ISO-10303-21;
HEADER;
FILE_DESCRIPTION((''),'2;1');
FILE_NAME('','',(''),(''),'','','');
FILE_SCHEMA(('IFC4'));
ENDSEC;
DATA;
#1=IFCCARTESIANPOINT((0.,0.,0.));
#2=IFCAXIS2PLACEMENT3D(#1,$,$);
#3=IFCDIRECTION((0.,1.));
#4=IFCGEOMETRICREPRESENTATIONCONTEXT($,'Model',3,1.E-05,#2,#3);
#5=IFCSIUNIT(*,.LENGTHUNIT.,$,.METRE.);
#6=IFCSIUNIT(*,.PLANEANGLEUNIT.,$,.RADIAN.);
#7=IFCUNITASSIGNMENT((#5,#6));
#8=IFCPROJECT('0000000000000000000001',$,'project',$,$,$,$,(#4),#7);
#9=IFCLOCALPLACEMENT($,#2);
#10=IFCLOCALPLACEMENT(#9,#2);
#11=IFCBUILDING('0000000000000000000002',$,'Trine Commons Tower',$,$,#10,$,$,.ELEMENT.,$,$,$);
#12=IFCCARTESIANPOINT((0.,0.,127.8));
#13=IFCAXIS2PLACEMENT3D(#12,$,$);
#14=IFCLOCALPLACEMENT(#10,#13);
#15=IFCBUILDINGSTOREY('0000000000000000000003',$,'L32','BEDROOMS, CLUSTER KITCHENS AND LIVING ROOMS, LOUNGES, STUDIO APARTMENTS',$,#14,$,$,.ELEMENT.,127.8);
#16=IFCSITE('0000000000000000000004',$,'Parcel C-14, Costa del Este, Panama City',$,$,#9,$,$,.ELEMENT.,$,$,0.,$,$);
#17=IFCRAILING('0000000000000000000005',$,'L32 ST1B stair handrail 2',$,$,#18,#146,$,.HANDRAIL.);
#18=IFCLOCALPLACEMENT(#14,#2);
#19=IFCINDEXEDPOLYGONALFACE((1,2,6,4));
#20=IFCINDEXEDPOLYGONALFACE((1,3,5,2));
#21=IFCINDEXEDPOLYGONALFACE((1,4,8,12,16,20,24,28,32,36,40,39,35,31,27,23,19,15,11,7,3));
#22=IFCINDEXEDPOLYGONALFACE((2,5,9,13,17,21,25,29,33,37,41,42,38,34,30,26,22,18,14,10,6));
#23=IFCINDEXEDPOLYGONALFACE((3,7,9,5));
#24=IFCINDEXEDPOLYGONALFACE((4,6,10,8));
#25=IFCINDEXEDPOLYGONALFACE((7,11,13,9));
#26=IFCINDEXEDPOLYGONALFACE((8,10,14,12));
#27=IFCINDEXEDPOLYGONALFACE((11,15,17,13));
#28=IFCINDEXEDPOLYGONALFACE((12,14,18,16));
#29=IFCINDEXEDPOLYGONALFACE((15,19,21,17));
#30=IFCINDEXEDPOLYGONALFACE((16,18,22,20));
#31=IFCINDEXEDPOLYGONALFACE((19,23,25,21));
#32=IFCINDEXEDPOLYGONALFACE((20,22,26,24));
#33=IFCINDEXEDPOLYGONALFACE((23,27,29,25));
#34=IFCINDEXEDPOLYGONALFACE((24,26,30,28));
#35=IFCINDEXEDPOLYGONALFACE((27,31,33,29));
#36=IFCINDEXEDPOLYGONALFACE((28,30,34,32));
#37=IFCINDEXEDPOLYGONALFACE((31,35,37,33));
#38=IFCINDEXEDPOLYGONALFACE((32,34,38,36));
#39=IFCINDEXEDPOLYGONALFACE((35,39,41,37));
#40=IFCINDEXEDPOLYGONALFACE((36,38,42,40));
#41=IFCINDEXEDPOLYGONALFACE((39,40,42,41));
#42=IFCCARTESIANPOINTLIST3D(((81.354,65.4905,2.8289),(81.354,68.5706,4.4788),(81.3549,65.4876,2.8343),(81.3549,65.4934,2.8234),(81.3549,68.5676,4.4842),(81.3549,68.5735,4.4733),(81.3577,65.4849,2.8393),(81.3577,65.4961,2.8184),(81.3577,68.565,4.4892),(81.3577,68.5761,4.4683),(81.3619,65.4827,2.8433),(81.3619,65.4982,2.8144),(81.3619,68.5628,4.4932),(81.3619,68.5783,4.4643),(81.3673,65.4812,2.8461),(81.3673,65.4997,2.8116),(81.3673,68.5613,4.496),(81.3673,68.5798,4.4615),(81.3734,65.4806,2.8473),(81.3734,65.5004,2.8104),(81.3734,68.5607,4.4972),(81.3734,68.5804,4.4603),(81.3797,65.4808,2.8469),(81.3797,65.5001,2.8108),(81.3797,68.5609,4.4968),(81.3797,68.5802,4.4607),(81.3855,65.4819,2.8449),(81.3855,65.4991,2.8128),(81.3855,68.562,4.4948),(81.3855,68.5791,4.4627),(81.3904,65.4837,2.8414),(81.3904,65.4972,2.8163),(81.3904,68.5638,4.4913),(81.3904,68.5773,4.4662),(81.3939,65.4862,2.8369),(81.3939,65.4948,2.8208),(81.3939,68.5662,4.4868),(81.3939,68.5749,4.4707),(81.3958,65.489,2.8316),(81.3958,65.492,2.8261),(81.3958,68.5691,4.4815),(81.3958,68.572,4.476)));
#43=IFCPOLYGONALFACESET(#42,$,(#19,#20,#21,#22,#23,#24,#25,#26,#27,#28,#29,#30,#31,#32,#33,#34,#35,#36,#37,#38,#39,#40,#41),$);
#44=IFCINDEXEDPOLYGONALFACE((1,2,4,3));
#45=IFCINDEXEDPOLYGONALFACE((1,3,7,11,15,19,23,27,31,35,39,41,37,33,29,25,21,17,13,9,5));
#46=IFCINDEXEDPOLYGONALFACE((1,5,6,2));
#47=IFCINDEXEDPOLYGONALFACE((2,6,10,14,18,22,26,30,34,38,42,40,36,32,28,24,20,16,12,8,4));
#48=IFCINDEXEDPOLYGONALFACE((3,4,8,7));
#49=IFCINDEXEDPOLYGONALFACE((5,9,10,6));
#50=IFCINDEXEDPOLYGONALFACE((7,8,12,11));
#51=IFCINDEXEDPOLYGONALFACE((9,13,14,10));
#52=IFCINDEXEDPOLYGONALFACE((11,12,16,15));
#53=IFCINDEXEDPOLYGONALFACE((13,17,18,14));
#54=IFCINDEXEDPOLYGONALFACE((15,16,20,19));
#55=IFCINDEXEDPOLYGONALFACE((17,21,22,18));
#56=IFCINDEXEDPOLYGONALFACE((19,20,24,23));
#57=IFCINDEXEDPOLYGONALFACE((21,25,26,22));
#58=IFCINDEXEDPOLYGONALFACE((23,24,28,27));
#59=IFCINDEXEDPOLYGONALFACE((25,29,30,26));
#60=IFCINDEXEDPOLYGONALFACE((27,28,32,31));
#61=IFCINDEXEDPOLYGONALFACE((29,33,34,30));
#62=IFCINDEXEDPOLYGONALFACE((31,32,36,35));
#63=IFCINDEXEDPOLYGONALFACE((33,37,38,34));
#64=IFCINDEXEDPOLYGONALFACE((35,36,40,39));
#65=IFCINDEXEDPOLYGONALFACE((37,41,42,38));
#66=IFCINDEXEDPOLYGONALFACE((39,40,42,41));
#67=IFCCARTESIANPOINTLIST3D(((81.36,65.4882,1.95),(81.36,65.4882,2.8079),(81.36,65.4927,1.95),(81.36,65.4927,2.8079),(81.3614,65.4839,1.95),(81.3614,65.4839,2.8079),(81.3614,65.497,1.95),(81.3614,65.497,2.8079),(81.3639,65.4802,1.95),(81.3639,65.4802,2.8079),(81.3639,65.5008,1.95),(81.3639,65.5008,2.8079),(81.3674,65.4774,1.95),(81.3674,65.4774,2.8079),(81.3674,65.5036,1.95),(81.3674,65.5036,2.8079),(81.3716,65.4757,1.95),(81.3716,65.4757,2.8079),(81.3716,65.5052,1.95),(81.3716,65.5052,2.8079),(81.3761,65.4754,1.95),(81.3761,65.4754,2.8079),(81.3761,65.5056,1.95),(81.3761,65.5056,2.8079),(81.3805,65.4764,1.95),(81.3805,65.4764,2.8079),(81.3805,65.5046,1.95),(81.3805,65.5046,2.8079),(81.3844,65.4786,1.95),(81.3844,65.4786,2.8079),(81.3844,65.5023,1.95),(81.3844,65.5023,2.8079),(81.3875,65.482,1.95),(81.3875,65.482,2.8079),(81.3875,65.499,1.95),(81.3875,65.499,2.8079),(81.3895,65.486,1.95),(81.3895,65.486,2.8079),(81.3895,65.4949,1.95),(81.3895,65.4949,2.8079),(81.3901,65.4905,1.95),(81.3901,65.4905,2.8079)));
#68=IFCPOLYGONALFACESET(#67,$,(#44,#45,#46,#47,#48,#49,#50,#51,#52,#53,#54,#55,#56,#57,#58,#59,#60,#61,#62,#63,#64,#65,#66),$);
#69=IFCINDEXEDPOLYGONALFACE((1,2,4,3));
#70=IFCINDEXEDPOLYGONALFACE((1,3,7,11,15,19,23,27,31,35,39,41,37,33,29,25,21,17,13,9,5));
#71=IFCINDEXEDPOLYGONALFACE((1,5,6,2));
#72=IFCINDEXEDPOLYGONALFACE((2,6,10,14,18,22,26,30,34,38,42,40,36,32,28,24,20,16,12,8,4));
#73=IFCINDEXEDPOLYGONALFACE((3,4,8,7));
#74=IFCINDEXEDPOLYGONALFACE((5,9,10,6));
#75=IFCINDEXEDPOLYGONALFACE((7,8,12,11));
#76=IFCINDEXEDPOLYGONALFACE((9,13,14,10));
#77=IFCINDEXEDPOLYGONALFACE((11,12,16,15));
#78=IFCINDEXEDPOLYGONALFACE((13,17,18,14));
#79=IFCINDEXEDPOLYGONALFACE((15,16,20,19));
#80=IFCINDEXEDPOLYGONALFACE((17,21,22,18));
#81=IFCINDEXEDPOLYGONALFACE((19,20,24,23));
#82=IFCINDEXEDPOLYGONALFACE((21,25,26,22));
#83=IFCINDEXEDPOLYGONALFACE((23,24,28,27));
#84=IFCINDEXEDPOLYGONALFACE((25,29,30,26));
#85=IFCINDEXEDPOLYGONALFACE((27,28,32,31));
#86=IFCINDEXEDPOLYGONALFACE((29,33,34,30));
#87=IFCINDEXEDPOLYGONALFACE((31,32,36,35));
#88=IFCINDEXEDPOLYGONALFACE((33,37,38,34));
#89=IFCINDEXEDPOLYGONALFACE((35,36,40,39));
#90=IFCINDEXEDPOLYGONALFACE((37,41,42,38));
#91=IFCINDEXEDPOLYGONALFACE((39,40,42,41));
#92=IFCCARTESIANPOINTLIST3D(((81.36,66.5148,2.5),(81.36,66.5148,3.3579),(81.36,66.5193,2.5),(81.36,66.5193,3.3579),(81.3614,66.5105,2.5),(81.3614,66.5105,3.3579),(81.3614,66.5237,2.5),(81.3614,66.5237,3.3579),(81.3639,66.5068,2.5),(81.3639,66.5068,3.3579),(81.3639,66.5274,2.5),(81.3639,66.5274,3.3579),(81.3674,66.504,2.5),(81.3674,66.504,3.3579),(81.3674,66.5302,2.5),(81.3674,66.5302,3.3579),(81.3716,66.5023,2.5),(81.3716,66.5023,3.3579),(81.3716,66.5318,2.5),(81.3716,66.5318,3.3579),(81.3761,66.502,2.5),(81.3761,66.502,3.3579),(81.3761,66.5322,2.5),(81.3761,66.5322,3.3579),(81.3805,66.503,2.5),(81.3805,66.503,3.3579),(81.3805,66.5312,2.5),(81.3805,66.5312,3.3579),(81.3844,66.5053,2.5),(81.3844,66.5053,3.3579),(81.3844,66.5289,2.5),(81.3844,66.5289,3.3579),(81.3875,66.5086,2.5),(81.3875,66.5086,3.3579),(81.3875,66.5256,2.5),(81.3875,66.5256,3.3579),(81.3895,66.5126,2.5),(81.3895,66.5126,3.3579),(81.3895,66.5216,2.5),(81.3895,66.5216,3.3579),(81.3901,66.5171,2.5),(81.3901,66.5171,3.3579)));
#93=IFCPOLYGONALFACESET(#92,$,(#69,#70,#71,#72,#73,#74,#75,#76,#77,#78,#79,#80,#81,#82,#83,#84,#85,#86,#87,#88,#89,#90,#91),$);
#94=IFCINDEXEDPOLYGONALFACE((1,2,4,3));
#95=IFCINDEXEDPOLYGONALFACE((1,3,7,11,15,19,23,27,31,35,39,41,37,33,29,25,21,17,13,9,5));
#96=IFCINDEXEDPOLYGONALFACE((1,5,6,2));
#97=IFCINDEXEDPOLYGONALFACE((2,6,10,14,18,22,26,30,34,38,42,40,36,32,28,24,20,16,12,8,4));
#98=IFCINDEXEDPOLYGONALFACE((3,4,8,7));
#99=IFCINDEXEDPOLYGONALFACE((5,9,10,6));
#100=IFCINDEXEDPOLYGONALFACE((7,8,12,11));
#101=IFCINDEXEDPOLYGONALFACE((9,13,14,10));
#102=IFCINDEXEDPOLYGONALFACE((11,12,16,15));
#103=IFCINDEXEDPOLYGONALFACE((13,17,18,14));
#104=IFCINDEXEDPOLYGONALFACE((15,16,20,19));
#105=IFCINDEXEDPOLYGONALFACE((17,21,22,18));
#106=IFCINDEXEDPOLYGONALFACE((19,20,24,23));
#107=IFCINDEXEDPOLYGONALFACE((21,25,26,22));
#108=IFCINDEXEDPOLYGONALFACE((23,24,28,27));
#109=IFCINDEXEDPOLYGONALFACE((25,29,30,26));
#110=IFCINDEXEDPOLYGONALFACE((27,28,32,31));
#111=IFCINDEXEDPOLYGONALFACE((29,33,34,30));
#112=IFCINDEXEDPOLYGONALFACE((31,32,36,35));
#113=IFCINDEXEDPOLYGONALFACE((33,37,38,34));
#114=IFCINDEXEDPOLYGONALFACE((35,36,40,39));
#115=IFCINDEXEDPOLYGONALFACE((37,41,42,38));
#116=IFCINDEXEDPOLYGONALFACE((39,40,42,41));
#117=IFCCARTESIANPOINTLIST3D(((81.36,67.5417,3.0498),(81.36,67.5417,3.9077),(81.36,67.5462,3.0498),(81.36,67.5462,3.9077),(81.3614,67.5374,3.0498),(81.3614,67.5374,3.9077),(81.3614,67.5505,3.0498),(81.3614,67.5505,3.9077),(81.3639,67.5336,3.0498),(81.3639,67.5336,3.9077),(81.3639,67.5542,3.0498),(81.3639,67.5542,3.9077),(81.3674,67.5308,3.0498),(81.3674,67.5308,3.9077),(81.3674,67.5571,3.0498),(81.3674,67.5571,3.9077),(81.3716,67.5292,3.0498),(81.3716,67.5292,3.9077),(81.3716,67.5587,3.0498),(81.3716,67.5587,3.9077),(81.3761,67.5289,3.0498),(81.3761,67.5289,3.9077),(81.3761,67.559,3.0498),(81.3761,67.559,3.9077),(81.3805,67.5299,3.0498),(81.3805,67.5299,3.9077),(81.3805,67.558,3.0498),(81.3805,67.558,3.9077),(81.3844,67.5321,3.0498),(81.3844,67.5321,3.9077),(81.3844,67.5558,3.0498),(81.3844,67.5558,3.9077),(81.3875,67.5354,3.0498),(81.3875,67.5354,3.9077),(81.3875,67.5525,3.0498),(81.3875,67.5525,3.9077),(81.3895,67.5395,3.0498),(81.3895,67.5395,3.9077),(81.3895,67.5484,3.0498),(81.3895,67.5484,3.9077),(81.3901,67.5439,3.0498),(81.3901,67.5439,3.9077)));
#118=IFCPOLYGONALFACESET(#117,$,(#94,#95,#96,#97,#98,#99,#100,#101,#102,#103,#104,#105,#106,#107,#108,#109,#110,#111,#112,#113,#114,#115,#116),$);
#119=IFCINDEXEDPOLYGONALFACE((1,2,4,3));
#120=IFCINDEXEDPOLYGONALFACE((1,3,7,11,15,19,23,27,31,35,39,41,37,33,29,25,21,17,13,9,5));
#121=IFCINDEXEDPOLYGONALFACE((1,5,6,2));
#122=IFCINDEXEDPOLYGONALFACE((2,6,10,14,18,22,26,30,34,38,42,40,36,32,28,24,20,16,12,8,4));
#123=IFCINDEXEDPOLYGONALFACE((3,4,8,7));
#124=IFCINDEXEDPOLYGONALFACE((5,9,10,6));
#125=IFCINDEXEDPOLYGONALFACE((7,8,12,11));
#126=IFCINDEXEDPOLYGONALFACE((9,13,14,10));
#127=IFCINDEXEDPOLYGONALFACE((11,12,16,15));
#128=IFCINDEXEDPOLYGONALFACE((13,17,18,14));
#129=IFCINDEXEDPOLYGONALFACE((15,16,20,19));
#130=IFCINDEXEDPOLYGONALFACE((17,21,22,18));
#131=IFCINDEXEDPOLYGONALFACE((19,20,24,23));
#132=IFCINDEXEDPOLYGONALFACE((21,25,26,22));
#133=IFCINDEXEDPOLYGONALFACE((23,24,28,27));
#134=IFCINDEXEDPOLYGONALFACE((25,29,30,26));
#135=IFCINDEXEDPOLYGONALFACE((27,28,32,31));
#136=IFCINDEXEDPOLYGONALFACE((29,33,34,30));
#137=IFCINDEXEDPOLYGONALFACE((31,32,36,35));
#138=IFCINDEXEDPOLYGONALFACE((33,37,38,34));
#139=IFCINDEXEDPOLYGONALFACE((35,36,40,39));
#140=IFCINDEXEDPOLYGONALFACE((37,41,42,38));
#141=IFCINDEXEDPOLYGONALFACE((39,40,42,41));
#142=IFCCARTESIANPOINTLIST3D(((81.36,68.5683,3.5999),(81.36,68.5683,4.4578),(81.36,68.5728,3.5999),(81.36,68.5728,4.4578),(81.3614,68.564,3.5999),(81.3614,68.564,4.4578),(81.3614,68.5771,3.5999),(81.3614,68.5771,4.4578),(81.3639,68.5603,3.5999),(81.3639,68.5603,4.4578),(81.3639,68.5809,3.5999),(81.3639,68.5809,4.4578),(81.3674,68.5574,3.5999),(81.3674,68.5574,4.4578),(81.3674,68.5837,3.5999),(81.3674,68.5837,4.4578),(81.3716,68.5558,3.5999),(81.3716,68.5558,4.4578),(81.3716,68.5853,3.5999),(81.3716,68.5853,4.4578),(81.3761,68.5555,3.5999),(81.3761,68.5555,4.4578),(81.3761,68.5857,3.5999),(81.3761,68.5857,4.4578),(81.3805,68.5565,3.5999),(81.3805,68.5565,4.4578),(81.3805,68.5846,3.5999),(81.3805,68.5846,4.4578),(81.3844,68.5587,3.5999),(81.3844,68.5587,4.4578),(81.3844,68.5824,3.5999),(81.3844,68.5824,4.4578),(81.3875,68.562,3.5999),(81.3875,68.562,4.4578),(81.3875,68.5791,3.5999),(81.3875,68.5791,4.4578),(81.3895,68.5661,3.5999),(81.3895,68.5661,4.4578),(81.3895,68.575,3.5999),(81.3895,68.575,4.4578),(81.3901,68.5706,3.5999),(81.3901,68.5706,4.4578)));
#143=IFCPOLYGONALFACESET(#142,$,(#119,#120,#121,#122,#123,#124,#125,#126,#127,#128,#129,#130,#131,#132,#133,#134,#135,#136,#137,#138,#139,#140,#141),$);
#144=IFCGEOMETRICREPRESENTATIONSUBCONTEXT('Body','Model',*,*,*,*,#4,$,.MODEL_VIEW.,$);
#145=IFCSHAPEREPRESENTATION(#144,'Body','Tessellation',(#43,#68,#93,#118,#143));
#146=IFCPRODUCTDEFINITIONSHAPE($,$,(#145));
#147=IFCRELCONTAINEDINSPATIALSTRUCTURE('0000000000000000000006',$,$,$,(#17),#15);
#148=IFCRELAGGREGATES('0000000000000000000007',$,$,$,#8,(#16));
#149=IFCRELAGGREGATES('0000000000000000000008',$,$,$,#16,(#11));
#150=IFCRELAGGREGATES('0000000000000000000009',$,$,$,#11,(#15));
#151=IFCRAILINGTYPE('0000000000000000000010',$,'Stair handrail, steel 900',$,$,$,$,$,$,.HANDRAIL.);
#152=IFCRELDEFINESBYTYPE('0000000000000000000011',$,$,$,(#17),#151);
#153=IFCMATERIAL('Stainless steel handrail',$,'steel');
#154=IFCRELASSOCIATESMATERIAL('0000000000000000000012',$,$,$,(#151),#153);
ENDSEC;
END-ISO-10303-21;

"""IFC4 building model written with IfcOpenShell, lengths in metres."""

from ifc_helpers import new_model, si_unit, direction, frame, origin, origin_2d, place, context, subcontext, project, spatial, circle, extrude, material, type_object, element, save


model = new_model("IFC4")

# Units and contexts
model_context = context("Model", 3, precision=1e-05, world=origin(), true_north=direction((0.0, 1.0)))
body_context = subcontext(model_context, "Body", "Model", "MODEL_VIEW")
ifc_project = project(units=[si_unit("LENGTHUNIT", "METRE"), si_unit("PLANEANGLEUNIT", "RADIAN")], contexts=[model_context])

# Site, building, storey
site_placement = place(None, origin())
site = spatial("IfcSite", under=ifc_project, at=site_placement, Name="Parcel C-14, Costa del Este, Panama City", CompositionType="ELEMENT", RefElevation=0.0)
building_placement = place(site_placement, origin())
building = spatial("IfcBuilding", under=site, at=building_placement, Name="Trine Commons Tower", CompositionType="ELEMENT")
storey_placement = place(building_placement, frame((0.0, 0.0, 127.8)))
storey = spatial("IfcBuildingStorey", under=building, at=storey_placement, Name="L32", Description="BEDROOMS, CLUSTER KITCHENS AND LIVING ROOMS, LOUNGES, STUDIO APARTMENTS", CompositionType="ELEMENT", Elevation=127.8)

# Railing
ifc_material_1 = material(Name="Stainless steel handrail", Category="steel")
railing_type_1 = type_object("IfcRailingType", Name="Stair handrail, steel 900", PredefinedType="HANDRAIL", material=ifc_material_1)
railing_1_placement = place(storey_placement, frame((81.375, 65.4905, 1.95)))
element("IfcRailing", 1, at=railing_1_placement, inside=storey, type_object=railing_type_1, Name="L32 ST1B stair handrail 2", PredefinedType="HANDRAIL", context=body_context, shape_type="SweptSolid", body=[
    extrude(circle(Radius=0.021, at=origin_2d()), frame((0.0, 0.0, 0.8789), z_axis=(0.0, 0.881497, 0.47219), x_axis=(-1.0, 0.0, 0.0)), (0.0, 0.0, 1.0), 3.4941),
    extrude(circle(Radius=0.0151, at=origin_2d()), origin(), (0.0, 0.0, 1.0), 0.8579),
    extrude(circle(Radius=0.0151, at=origin_2d()), frame((0.0, 1.0266, 0.55)), (0.0, 0.0, 1.0), 0.8579),
    extrude(circle(Radius=0.0151, at=origin_2d()), frame((0.0, 2.0535, 1.0999)), (0.0, 0.0, 1.0), 0.8579),
    extrude(circle(Radius=0.0151, at=origin_2d()), frame((0.0, 3.0801, 1.6499)), (0.0, 0.0, 1.0), 0.8579),
])

save(model, "model.ifc")
